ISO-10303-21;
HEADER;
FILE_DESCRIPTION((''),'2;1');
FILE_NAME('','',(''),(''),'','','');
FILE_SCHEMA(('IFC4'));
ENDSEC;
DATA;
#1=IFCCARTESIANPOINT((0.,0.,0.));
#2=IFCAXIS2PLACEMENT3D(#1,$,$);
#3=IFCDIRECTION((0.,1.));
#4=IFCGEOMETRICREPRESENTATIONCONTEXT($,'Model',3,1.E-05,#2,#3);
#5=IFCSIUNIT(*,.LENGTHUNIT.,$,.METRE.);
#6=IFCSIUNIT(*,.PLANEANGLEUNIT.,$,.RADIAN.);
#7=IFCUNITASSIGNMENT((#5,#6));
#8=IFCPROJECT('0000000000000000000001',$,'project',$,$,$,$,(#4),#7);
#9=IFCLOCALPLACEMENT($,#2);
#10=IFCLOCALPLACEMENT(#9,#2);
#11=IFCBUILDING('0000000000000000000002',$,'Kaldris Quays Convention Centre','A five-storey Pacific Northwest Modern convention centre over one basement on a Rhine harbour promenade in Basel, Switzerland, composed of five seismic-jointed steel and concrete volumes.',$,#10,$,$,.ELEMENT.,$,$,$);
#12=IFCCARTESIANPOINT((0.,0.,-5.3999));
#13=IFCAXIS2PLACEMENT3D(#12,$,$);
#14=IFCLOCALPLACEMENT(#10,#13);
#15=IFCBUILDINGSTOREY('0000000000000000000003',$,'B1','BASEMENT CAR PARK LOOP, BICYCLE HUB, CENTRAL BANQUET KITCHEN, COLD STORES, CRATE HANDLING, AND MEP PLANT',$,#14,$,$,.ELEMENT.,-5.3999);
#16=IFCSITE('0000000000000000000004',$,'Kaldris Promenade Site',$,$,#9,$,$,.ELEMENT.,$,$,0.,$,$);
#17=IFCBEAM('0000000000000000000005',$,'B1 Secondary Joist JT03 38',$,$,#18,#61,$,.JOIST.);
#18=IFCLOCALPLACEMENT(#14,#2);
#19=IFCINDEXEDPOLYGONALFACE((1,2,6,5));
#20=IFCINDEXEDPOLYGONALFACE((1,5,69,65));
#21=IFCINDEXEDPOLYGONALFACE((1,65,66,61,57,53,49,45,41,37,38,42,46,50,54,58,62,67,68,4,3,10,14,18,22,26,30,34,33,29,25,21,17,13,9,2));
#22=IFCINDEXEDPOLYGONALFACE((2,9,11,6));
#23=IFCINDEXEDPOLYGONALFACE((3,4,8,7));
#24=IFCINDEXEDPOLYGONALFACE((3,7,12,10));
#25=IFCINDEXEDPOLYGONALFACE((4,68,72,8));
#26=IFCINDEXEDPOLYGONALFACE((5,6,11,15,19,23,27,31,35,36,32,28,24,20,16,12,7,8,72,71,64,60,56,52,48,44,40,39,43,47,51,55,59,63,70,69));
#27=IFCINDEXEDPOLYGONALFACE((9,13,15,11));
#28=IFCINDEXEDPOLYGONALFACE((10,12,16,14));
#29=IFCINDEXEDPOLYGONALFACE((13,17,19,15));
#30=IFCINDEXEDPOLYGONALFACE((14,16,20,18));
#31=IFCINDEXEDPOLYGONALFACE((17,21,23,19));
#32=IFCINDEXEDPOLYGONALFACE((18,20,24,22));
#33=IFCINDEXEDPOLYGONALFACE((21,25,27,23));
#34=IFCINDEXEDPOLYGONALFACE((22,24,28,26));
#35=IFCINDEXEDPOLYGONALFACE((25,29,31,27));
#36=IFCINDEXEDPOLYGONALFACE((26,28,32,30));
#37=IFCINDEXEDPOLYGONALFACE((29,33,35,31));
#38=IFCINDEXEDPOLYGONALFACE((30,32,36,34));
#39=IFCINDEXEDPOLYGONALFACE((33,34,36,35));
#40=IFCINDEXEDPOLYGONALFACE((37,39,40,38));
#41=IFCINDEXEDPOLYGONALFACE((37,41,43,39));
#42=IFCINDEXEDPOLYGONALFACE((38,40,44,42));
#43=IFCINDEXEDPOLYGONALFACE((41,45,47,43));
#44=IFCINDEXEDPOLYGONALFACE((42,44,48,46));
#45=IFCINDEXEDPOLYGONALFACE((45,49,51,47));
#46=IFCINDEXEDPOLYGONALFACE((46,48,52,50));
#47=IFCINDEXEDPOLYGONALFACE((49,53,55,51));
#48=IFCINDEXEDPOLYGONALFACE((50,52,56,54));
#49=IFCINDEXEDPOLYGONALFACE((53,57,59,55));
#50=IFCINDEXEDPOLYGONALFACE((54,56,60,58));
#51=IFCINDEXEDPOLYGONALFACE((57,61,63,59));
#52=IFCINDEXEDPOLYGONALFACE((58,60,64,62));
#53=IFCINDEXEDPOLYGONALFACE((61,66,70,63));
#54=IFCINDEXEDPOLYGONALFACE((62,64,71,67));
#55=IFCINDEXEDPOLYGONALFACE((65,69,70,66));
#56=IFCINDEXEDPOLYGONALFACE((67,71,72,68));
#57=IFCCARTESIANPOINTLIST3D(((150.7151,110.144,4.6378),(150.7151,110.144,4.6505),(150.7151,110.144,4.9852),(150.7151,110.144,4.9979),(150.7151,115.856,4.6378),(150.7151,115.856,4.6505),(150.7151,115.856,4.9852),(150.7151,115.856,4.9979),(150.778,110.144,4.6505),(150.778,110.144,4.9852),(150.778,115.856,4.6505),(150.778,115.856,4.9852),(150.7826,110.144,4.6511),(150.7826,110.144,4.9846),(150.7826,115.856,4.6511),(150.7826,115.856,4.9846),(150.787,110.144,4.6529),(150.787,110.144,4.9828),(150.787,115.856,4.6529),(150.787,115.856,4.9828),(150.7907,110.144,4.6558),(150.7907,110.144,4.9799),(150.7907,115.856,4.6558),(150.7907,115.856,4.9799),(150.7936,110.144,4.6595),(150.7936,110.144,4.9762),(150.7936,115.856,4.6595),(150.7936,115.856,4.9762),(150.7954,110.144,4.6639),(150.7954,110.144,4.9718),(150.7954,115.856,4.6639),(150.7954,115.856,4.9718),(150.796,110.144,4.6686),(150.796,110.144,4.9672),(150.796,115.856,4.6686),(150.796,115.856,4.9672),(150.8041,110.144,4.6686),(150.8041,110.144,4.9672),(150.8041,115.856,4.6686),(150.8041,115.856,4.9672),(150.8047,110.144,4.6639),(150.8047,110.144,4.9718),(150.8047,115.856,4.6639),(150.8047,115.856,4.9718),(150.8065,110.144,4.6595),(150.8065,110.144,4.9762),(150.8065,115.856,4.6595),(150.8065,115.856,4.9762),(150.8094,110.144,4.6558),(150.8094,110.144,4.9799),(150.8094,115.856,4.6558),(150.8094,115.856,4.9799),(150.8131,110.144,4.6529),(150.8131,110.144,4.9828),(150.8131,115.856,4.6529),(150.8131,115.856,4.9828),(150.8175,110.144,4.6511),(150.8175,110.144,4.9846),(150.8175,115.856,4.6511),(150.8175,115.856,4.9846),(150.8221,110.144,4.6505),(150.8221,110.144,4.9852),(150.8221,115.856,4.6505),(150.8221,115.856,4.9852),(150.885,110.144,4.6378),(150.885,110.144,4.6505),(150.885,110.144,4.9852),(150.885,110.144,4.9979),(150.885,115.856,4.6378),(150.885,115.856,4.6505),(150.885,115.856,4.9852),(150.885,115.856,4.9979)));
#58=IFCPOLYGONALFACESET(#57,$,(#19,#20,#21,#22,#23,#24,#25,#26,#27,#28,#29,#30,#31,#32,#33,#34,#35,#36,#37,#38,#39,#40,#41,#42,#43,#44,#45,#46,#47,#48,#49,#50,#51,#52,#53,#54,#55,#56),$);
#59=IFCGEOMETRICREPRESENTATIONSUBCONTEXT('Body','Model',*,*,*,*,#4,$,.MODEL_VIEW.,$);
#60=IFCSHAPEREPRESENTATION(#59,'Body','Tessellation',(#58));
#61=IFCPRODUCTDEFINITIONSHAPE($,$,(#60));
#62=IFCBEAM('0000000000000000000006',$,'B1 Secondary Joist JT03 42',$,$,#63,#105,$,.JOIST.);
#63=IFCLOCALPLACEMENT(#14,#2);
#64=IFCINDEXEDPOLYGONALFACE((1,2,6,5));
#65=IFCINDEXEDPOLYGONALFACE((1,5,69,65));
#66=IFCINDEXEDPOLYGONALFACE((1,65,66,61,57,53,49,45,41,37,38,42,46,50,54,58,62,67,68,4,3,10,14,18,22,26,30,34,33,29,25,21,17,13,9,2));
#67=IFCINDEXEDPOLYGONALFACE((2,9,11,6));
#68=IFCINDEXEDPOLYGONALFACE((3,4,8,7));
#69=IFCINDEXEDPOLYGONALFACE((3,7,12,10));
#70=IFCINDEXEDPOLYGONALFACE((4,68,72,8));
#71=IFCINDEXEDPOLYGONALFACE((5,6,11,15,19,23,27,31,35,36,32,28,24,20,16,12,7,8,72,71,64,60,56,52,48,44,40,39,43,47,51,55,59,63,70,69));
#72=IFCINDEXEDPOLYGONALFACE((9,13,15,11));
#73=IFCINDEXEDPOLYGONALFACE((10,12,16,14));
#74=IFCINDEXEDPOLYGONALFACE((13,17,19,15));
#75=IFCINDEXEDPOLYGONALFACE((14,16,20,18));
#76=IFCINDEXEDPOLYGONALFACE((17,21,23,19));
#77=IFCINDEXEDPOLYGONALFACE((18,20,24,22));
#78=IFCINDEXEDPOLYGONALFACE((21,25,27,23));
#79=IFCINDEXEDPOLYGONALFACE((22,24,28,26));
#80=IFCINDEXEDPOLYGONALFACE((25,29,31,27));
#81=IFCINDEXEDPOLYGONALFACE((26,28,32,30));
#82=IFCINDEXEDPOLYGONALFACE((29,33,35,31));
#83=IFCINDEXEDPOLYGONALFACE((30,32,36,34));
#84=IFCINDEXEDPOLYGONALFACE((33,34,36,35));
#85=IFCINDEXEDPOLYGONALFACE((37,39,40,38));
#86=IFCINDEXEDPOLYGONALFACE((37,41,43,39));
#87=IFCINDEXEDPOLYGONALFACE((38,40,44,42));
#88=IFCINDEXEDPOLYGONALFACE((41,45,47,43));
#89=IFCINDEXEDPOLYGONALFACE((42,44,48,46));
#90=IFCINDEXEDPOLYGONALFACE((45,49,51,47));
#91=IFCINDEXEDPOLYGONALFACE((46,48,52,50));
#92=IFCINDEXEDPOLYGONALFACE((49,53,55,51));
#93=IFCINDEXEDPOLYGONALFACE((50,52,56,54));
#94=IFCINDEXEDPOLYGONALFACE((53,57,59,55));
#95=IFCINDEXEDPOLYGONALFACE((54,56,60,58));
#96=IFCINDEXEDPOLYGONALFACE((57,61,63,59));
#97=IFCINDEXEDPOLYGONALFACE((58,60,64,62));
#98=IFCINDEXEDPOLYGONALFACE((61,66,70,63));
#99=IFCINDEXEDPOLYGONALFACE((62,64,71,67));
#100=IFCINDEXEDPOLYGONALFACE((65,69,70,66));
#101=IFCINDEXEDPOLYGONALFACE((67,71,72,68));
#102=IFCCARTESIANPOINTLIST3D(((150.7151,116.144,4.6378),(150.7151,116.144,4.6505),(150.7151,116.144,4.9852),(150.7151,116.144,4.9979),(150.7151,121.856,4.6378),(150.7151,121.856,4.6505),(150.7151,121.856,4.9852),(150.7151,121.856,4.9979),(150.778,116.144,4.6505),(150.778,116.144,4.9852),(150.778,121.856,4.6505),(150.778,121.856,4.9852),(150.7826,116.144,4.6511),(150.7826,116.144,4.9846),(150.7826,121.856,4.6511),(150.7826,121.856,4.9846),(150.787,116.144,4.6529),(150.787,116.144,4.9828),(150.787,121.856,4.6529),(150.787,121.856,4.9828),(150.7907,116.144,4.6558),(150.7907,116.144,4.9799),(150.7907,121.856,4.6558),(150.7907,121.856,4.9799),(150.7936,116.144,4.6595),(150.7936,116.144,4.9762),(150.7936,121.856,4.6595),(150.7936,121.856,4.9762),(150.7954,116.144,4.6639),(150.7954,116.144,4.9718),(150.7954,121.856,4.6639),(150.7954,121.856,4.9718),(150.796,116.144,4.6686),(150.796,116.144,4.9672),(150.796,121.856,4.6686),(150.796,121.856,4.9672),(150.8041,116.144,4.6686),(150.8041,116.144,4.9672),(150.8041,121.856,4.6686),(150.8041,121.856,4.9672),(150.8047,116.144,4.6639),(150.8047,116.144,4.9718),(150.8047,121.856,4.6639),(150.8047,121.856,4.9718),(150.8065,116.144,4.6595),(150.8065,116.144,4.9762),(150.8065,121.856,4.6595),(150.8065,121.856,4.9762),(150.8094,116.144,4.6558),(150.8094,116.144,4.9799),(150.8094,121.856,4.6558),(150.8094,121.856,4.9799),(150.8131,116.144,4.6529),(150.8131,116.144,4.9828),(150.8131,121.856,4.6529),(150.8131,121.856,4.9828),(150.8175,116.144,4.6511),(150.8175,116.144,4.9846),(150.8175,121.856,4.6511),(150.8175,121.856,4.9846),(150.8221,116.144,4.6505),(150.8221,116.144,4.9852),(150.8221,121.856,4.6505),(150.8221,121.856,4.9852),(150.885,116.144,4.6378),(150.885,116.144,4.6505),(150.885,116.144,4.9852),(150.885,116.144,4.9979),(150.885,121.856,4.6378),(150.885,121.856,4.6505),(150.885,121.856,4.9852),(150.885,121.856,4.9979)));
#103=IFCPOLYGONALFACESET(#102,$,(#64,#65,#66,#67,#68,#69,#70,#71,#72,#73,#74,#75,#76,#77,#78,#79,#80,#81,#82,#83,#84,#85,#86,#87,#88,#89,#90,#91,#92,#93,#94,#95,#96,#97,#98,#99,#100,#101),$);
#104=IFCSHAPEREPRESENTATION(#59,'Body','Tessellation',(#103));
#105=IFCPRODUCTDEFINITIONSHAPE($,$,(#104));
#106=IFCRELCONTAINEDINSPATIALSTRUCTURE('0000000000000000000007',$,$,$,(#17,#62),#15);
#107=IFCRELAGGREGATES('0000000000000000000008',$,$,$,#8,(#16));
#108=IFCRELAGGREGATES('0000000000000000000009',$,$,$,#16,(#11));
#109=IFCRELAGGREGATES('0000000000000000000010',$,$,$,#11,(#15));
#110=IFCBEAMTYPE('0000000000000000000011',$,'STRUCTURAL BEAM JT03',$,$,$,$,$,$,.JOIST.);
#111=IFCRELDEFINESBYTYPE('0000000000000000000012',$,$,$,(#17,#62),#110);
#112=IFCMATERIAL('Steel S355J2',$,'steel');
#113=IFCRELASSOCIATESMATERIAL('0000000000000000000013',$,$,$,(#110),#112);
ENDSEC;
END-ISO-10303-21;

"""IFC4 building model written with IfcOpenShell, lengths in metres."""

from ifc_helpers import new_model, si_unit, direction, frame, origin, origin_2d, place, context, subcontext, project, spatial, i_section, extrude, material, material_profile, profile_set, type_object, element, save


model = new_model("IFC4")

# Units and contexts
model_context = context("Model", 3, precision=1e-05, world=origin(), true_north=direction((0.0, 1.0)))
body_context = subcontext(model_context, "Body", "Model", "MODEL_VIEW")
ifc_project = project(units=[si_unit("LENGTHUNIT", "METRE"), si_unit("PLANEANGLEUNIT", "RADIAN")], contexts=[model_context])

# Site, building, storey
site_placement = place(None, origin())
site = spatial("IfcSite", under=ifc_project, at=site_placement, Name="Kaldris Promenade Site", CompositionType="ELEMENT", RefElevation=0.0)
building_placement = place(site_placement, origin())
building = spatial("IfcBuilding", under=site, at=building_placement, Name="Kaldris Quays Convention Centre", Description="A five-storey Pacific Northwest Modern convention centre over one basement on a Rhine harbour promenade in Basel, Switzerland, composed of five seismic-jointed steel and concrete volumes.", CompositionType="ELEMENT")
storey_placement = place(building_placement, frame((0.0, 0.0, -5.3999)))
storey = spatial("IfcBuildingStorey", under=building, at=storey_placement, Name="B1", Description="BASEMENT CAR PARK LOOP, BICYCLE HUB, CENTRAL BANQUET KITCHEN, COLD STORES, CRATE HANDLING, AND MEP PLANT", CompositionType="ELEMENT", Elevation=-5.3999)

# Shared definitions
ifc_material_1 = material(Name="Steel S355J2", Category="steel")

# Beams
ifc_material_profile_1 = material_profile(ifc_material_1, i_section(OverallWidth=0.1699, OverallDepth=0.3601, WebThickness=0.0081, FlangeThickness=0.0127, FilletRadius=0.0181, at=origin_2d()), Name="IPE 360")
ifc_profile_set_1 = profile_set([ifc_material_profile_1], Name="Steel S355J2")
beam_type_1 = type_object("IfcBeamType", Name="STRUCTURAL BEAM JT03", PredefinedType="JOIST", material=ifc_profile_set_1)
for number, where, z_axis, x_axis, name in (
    (1, (150.8, 110.144, 4.8179), (0.0, 1.0, 0.0), (-1.0, 0.0, 0.0), "B1 Secondary Joist JT03 38"),
    (2, (150.8, 116.144, 4.8179), (0.0, 1.0, 0.0), (-1.0, 0.0, 0.0), "B1 Secondary Joist JT03 42"),
):
    element("IfcBeam", number, at=place(storey_placement, frame(where, z_axis=z_axis, x_axis=x_axis)), inside=storey, type_object=beam_type_1, Name=name, PredefinedType="JOIST", context=body_context, shape_type="SweptSolid", body=[
        extrude(i_section(OverallWidth=0.1699, OverallDepth=0.3601, WebThickness=0.0081, FlangeThickness=0.0127, FilletRadius=0.0181, at=origin_2d()), origin(), (0.0, 0.0, 1.0), 5.7119),
    ])

save(model, "model.ifc")
